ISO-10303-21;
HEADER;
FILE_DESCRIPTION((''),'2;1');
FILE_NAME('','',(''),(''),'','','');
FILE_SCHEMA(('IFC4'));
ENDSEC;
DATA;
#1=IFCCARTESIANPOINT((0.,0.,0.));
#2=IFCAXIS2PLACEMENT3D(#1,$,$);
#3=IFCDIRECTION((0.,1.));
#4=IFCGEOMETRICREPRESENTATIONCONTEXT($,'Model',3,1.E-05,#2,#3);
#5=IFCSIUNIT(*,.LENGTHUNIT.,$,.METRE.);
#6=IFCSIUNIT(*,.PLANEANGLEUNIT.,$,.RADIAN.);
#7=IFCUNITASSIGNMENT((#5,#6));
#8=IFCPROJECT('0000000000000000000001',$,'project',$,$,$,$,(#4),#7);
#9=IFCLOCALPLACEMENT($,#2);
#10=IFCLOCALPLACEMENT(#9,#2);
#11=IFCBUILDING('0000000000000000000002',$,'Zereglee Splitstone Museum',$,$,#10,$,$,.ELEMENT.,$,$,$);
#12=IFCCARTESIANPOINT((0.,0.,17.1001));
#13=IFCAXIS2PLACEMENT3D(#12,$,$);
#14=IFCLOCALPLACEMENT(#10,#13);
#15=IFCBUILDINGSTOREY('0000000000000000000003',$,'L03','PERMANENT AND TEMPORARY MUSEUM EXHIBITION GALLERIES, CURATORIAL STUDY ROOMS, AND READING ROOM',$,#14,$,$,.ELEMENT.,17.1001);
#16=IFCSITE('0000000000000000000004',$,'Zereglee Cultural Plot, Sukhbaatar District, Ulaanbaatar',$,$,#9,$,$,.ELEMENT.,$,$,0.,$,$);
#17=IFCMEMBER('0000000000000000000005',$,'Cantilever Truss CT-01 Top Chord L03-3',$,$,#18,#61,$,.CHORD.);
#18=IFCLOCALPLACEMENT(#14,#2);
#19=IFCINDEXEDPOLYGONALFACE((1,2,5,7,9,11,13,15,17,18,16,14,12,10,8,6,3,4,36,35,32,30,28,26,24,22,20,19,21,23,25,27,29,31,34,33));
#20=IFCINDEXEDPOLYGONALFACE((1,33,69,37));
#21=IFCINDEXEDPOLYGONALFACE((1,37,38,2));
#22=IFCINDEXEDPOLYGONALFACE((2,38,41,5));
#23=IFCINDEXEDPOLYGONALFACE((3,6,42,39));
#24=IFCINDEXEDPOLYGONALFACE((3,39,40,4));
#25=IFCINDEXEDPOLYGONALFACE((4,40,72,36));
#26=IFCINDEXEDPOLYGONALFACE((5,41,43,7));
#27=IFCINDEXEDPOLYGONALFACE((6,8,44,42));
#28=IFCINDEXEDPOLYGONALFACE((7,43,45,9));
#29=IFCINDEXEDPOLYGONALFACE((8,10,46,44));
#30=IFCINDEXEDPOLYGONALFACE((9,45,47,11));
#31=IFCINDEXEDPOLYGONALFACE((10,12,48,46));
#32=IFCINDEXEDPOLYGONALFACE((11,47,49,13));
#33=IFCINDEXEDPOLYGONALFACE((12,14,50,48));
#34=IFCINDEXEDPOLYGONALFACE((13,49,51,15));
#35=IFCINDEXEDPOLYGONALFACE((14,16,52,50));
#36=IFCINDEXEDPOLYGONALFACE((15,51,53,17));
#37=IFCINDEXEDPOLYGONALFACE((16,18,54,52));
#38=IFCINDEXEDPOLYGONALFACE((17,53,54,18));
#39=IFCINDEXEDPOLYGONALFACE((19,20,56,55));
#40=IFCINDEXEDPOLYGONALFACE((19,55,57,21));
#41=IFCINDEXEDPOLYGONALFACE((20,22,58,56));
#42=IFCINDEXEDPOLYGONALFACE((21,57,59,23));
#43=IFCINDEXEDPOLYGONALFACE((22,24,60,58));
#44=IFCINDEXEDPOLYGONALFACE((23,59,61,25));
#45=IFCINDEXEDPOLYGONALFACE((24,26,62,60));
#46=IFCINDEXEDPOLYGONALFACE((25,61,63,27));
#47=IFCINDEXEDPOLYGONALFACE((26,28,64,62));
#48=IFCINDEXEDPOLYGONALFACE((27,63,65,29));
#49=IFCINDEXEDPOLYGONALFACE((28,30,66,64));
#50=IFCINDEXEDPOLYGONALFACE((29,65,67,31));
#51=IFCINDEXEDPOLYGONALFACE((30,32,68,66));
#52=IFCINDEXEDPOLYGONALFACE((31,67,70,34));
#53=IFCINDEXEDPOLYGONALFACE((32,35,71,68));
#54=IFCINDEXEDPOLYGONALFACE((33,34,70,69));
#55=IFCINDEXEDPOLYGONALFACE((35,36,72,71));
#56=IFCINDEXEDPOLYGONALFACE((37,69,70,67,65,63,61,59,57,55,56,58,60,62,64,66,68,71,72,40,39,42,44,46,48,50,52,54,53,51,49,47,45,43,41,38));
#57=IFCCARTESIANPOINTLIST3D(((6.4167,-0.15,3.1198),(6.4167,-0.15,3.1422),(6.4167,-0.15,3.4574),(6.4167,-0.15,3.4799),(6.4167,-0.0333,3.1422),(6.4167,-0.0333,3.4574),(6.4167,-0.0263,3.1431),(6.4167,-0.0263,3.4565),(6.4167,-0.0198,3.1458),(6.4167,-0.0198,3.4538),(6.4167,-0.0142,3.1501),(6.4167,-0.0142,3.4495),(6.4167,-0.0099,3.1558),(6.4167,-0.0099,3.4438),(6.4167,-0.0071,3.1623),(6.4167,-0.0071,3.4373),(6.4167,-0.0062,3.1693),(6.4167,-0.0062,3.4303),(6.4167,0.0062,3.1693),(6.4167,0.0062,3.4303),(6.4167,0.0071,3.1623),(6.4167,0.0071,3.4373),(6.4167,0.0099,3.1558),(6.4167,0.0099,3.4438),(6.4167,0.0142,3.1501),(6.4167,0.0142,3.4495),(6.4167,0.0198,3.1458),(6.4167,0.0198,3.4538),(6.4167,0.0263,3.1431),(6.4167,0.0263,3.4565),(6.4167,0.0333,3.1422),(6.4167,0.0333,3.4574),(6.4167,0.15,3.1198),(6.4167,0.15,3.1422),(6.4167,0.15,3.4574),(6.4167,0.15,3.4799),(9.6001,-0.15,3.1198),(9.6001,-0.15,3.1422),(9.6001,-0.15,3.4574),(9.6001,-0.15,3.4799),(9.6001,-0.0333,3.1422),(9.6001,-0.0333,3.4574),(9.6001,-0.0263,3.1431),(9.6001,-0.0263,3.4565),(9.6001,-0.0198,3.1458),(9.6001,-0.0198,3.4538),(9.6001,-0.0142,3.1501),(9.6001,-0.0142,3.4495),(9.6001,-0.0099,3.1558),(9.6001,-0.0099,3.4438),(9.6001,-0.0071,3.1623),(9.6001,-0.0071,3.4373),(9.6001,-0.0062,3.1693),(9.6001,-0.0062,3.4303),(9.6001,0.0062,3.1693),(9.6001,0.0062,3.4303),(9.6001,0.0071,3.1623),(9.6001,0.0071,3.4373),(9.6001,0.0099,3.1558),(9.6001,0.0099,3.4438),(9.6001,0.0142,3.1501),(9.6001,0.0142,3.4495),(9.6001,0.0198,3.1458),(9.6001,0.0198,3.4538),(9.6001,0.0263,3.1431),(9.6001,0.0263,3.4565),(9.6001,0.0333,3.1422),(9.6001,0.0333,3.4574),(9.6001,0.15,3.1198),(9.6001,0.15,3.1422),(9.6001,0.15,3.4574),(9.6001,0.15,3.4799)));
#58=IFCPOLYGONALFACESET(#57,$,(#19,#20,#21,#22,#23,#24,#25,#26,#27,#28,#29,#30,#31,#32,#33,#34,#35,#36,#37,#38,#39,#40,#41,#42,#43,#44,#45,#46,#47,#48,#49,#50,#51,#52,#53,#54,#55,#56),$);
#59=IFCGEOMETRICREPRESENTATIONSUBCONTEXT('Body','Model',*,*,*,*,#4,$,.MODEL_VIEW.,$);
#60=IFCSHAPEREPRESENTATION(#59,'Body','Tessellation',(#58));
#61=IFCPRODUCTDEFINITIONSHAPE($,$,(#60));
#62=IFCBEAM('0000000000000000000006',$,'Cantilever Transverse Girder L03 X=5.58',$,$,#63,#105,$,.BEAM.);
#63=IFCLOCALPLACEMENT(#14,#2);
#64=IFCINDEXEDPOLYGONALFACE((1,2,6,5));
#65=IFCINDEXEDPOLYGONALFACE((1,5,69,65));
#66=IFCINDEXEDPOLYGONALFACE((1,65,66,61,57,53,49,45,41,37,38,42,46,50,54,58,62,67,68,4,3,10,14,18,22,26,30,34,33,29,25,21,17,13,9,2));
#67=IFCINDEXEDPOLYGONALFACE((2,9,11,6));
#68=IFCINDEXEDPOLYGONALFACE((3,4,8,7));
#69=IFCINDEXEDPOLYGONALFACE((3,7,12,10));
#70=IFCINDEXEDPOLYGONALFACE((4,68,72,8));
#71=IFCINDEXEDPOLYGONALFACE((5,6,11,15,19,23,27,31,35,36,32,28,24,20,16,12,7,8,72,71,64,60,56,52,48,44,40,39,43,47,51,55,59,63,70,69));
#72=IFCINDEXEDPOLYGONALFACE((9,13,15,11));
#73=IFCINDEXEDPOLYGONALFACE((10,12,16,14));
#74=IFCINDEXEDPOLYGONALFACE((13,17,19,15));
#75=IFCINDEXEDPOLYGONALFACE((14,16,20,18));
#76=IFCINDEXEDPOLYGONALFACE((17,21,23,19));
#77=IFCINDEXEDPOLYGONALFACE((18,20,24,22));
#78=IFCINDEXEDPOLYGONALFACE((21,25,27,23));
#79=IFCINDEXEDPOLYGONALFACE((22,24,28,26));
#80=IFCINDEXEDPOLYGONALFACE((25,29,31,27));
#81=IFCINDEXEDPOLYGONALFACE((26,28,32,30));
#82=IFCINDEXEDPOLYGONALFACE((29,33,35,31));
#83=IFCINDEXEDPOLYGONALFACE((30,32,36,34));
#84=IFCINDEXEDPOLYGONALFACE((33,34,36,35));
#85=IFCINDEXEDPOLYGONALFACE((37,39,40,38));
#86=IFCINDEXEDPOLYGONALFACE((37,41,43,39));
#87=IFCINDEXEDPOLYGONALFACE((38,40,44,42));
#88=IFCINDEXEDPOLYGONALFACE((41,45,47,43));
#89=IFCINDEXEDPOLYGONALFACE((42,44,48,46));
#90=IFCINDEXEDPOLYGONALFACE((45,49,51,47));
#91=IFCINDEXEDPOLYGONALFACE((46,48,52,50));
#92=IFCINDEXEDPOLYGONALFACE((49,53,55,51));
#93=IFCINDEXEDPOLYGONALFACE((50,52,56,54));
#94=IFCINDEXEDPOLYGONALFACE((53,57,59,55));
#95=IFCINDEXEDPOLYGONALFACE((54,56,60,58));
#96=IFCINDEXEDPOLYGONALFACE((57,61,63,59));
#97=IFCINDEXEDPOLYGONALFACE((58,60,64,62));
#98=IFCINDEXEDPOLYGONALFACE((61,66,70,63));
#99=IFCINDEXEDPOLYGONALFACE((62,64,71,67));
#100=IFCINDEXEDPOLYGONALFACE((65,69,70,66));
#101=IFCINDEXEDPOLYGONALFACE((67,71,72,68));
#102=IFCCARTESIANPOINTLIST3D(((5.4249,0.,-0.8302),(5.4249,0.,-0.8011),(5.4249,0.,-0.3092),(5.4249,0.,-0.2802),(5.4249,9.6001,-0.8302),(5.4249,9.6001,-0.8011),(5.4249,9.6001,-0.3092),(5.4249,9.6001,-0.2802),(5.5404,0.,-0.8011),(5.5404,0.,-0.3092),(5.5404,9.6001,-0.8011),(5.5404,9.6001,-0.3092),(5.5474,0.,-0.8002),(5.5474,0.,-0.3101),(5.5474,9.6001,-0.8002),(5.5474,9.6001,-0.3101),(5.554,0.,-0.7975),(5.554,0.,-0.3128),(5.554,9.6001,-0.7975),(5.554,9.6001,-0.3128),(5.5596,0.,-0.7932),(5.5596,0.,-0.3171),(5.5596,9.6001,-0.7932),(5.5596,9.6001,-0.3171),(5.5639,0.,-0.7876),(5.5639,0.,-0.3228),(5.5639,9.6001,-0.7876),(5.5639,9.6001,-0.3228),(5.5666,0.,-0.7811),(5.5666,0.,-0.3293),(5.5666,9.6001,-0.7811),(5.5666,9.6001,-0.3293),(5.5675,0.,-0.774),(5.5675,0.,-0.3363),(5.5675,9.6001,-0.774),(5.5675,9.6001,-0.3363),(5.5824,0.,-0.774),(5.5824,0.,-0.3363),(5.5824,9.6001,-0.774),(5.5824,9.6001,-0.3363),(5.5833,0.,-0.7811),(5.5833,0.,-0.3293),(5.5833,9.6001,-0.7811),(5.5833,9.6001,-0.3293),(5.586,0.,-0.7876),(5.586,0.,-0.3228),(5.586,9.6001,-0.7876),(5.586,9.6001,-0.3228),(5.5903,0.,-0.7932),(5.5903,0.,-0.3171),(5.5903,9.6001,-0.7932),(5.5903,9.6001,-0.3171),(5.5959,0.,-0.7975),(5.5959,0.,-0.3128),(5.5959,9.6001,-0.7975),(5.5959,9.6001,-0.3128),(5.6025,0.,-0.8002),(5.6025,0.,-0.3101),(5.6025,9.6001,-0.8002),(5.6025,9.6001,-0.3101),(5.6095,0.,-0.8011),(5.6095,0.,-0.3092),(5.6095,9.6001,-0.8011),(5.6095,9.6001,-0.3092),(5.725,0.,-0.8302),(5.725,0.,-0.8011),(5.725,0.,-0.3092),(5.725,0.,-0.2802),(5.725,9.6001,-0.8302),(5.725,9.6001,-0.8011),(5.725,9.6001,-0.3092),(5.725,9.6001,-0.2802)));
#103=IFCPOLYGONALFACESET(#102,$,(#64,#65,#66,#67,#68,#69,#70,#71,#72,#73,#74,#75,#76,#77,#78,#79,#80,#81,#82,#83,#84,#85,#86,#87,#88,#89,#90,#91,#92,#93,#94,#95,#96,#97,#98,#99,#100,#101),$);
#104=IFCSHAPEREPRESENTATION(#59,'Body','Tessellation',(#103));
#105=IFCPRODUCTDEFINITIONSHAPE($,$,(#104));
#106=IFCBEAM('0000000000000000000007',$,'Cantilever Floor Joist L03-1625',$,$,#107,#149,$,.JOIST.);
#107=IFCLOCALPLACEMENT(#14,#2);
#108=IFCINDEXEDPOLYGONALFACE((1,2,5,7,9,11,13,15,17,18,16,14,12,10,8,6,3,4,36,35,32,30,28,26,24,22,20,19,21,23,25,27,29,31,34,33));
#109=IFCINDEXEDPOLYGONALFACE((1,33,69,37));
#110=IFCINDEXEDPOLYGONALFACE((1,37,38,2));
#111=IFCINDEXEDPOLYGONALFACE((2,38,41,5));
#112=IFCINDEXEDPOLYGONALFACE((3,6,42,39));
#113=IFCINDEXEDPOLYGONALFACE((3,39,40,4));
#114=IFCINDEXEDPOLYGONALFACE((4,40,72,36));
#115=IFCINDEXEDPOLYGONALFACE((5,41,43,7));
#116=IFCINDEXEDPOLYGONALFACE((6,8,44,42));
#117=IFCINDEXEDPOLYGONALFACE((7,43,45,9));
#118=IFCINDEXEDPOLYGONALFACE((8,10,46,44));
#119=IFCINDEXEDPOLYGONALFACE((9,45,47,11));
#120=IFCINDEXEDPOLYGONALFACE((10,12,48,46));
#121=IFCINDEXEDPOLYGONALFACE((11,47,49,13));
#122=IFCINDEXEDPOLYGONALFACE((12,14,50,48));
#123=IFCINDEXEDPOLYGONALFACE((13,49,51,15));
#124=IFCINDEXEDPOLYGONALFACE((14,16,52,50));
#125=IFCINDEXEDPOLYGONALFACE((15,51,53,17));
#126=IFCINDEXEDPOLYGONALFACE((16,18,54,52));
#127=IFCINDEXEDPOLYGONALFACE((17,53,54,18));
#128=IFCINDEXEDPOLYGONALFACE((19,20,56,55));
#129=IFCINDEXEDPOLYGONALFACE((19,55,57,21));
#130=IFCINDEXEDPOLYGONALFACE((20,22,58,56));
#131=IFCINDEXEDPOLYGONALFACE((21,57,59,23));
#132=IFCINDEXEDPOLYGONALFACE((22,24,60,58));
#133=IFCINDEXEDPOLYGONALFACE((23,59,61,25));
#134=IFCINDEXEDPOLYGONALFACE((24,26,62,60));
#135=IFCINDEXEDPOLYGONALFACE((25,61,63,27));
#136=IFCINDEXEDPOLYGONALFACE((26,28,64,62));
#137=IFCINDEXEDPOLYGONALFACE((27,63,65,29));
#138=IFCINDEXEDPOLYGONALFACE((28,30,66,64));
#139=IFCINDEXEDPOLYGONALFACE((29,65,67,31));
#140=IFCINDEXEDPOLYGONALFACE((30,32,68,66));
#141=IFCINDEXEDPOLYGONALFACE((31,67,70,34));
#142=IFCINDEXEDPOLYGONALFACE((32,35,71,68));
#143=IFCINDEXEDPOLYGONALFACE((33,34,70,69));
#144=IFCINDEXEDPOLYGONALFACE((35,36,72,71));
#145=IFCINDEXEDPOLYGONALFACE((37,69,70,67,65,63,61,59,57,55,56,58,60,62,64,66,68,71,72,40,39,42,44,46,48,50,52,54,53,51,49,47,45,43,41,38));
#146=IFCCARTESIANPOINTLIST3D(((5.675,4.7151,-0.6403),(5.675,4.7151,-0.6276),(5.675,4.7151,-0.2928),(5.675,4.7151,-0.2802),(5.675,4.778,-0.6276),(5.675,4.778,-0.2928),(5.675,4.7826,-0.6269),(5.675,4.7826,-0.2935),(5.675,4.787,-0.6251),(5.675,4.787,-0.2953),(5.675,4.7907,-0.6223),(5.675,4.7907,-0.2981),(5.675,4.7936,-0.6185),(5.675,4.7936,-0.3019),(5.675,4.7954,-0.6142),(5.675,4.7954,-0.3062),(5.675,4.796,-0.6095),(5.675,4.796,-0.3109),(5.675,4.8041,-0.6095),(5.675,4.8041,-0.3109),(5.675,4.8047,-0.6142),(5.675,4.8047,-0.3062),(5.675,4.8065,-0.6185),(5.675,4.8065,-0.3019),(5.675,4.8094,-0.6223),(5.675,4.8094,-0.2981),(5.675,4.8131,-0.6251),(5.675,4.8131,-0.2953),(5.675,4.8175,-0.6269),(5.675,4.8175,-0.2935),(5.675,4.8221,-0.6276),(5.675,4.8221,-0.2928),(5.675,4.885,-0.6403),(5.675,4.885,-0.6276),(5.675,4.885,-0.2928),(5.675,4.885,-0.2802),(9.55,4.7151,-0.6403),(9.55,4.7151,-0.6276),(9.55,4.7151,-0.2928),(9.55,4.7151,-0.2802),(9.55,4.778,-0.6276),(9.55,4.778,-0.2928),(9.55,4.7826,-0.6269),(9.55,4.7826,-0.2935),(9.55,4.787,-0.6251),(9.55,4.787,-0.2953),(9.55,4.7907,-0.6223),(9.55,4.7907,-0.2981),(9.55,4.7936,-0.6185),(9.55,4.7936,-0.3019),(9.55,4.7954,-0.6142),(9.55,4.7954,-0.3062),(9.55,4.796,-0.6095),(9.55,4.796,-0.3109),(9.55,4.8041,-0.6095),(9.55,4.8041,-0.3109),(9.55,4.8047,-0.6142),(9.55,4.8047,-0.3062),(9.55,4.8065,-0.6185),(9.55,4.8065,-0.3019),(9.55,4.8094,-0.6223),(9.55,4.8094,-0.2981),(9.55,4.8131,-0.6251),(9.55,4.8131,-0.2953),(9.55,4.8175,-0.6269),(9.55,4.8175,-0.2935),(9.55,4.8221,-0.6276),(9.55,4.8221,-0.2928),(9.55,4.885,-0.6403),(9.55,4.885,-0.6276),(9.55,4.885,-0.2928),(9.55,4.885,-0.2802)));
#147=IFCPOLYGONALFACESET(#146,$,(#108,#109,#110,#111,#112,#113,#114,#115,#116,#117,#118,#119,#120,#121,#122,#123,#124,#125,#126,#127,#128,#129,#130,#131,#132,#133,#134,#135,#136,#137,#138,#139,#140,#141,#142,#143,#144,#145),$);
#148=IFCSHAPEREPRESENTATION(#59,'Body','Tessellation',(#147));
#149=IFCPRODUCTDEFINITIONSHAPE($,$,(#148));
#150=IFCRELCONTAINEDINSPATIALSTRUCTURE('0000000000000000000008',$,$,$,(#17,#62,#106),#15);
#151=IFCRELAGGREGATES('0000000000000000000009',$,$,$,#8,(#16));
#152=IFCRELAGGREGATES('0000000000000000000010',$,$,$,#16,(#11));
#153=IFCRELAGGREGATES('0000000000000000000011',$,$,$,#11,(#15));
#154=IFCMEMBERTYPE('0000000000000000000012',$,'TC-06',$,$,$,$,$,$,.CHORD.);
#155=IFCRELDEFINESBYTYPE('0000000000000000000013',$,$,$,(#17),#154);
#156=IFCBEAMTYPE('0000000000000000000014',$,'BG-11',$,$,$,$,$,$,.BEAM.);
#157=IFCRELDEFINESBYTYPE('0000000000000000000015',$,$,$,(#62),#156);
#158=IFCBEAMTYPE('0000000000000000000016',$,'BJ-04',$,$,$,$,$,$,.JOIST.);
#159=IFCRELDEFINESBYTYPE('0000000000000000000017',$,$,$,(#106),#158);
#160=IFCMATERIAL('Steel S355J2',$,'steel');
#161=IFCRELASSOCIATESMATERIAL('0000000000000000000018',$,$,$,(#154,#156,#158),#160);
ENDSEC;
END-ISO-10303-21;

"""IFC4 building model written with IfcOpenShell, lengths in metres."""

from ifc_helpers import new_model, si_unit, direction, frame, origin, origin_2d, place, context, subcontext, project, spatial, i_section, extrude, material, material_profile, profile_set, type_object, element, save


model = new_model("IFC4")

# Units and contexts
model_context = context("Model", 3, precision=1e-05, world=origin(), true_north=direction((0.0, 1.0)))
body_context = subcontext(model_context, "Body", "Model", "MODEL_VIEW")
ifc_project = project(units=[si_unit("LENGTHUNIT", "METRE"), si_unit("PLANEANGLEUNIT", "RADIAN")], contexts=[model_context])

# Site, building, storey
site_placement = place(None, origin())
site = spatial("IfcSite", under=ifc_project, at=site_placement, Name="Zereglee Cultural Plot, Sukhbaatar District, Ulaanbaatar", CompositionType="ELEMENT", RefElevation=0.0)
building_placement = place(site_placement, origin())
building = spatial("IfcBuilding", under=site, at=building_placement, Name="Zereglee Splitstone Museum", CompositionType="ELEMENT")
storey_placement = place(building_placement, frame((0.0, 0.0, 17.1001)))
storey = spatial("IfcBuildingStorey", under=building, at=storey_placement, Name="L03", Description="PERMANENT AND TEMPORARY MUSEUM EXHIBITION GALLERIES, CURATORIAL STUDY ROOMS, AND READING ROOM", CompositionType="ELEMENT", Elevation=17.1001)

# Member
ifc_material_1 = material(Name="Steel S355J2", Category="steel")
ifc_material_profile_1 = material_profile(ifc_material_1, i_section(OverallWidth=0.3, OverallDepth=0.3601, WebThickness=0.0125, FlangeThickness=0.0225, FilletRadius=0.0271, at=origin_2d()), Name="HE 360 B")
ifc_profile_set_1 = profile_set([ifc_material_profile_1], Name="Steel S355J2")
member_type_1 = type_object("IfcMemberType", Name="TC-06", PredefinedType="CHORD", material=ifc_profile_set_1)
for number, where, z_axis, x_axis, name in (
    (1, (6.4167, 0.0, 3.2998), (1.0, 0.0, 0.0), (0.0, 1.0, 0.0), "Cantilever Truss CT-01 Top Chord L03-3"),
):
    element("IfcMember", number, at=place(storey_placement, frame(where, z_axis=z_axis, x_axis=x_axis)), inside=storey, type_object=member_type_1, Name=name, PredefinedType="CHORD", context=body_context, shape_type="SweptSolid", body=[
        extrude(i_section(OverallWidth=0.3, OverallDepth=0.3601, WebThickness=0.0125, FlangeThickness=0.0225, FilletRadius=0.0271, at=origin_2d()), origin(), (0.0, 0.0, 1.0), 3.1833),
    ])

# Beams
ifc_material_profile_2 = material_profile(ifc_material_1, i_section(OverallWidth=0.3, OverallDepth=0.55, WebThickness=0.0149, FlangeThickness=0.0291, FilletRadius=0.0271, at=origin_2d()), Name="HE 550 B")
ifc_profile_set_2 = profile_set([ifc_material_profile_2], Name="Steel S355J2")
beam_type_1 = type_object("IfcBeamType", Name="BG-11", PredefinedType="BEAM", material=ifc_profile_set_2)
beam_1_placement = place(storey_placement, frame((5.575, 0.0, -0.5552), z_axis=(0.0, 1.0, 0.0), x_axis=(-1.0, 0.0, 0.0)))
element("IfcBeam", 2, at=beam_1_placement, inside=storey, type_object=beam_type_1, Name="Cantilever Transverse Girder L03 X=5.58", PredefinedType="BEAM", context=body_context, shape_type="SweptSolid", body=[
    extrude(i_section(OverallWidth=0.3, OverallDepth=0.55, WebThickness=0.0149, FlangeThickness=0.0291, FilletRadius=0.0271, at=origin_2d()), origin(), (0.0, 0.0, 1.0), 9.6001),
])
ifc_material_profile_3 = material_profile(ifc_material_1, i_section(OverallWidth=0.1699, OverallDepth=0.3601, WebThickness=0.0081, FlangeThickness=0.0127, FilletRadius=0.0181, at=origin_2d()), Name="IPE 360")
ifc_profile_set_3 = profile_set([ifc_material_profile_3], Name="Steel S355J2")
beam_type_2 = type_object("IfcBeamType", Name="BJ-04", PredefinedType="JOIST", material=ifc_profile_set_3)
beam_2_placement = place(storey_placement, frame((5.675, 4.8, -0.4602), z_axis=(1.0, 0.0, 0.0), x_axis=(0.0, 1.0, 0.0)))
element("IfcBeam", 3, at=beam_2_placement, inside=storey, type_object=beam_type_2, Name="Cantilever Floor Joist L03-1625", PredefinedType="JOIST", context=body_context, shape_type="SweptSolid", body=[
    extrude(i_section(OverallWidth=0.1699, OverallDepth=0.3601, WebThickness=0.0081, FlangeThickness=0.0127, FilletRadius=0.0181, at=origin_2d()), origin(), (0.0, 0.0, 1.0), 3.875),
])

save(model, "model.ifc")
